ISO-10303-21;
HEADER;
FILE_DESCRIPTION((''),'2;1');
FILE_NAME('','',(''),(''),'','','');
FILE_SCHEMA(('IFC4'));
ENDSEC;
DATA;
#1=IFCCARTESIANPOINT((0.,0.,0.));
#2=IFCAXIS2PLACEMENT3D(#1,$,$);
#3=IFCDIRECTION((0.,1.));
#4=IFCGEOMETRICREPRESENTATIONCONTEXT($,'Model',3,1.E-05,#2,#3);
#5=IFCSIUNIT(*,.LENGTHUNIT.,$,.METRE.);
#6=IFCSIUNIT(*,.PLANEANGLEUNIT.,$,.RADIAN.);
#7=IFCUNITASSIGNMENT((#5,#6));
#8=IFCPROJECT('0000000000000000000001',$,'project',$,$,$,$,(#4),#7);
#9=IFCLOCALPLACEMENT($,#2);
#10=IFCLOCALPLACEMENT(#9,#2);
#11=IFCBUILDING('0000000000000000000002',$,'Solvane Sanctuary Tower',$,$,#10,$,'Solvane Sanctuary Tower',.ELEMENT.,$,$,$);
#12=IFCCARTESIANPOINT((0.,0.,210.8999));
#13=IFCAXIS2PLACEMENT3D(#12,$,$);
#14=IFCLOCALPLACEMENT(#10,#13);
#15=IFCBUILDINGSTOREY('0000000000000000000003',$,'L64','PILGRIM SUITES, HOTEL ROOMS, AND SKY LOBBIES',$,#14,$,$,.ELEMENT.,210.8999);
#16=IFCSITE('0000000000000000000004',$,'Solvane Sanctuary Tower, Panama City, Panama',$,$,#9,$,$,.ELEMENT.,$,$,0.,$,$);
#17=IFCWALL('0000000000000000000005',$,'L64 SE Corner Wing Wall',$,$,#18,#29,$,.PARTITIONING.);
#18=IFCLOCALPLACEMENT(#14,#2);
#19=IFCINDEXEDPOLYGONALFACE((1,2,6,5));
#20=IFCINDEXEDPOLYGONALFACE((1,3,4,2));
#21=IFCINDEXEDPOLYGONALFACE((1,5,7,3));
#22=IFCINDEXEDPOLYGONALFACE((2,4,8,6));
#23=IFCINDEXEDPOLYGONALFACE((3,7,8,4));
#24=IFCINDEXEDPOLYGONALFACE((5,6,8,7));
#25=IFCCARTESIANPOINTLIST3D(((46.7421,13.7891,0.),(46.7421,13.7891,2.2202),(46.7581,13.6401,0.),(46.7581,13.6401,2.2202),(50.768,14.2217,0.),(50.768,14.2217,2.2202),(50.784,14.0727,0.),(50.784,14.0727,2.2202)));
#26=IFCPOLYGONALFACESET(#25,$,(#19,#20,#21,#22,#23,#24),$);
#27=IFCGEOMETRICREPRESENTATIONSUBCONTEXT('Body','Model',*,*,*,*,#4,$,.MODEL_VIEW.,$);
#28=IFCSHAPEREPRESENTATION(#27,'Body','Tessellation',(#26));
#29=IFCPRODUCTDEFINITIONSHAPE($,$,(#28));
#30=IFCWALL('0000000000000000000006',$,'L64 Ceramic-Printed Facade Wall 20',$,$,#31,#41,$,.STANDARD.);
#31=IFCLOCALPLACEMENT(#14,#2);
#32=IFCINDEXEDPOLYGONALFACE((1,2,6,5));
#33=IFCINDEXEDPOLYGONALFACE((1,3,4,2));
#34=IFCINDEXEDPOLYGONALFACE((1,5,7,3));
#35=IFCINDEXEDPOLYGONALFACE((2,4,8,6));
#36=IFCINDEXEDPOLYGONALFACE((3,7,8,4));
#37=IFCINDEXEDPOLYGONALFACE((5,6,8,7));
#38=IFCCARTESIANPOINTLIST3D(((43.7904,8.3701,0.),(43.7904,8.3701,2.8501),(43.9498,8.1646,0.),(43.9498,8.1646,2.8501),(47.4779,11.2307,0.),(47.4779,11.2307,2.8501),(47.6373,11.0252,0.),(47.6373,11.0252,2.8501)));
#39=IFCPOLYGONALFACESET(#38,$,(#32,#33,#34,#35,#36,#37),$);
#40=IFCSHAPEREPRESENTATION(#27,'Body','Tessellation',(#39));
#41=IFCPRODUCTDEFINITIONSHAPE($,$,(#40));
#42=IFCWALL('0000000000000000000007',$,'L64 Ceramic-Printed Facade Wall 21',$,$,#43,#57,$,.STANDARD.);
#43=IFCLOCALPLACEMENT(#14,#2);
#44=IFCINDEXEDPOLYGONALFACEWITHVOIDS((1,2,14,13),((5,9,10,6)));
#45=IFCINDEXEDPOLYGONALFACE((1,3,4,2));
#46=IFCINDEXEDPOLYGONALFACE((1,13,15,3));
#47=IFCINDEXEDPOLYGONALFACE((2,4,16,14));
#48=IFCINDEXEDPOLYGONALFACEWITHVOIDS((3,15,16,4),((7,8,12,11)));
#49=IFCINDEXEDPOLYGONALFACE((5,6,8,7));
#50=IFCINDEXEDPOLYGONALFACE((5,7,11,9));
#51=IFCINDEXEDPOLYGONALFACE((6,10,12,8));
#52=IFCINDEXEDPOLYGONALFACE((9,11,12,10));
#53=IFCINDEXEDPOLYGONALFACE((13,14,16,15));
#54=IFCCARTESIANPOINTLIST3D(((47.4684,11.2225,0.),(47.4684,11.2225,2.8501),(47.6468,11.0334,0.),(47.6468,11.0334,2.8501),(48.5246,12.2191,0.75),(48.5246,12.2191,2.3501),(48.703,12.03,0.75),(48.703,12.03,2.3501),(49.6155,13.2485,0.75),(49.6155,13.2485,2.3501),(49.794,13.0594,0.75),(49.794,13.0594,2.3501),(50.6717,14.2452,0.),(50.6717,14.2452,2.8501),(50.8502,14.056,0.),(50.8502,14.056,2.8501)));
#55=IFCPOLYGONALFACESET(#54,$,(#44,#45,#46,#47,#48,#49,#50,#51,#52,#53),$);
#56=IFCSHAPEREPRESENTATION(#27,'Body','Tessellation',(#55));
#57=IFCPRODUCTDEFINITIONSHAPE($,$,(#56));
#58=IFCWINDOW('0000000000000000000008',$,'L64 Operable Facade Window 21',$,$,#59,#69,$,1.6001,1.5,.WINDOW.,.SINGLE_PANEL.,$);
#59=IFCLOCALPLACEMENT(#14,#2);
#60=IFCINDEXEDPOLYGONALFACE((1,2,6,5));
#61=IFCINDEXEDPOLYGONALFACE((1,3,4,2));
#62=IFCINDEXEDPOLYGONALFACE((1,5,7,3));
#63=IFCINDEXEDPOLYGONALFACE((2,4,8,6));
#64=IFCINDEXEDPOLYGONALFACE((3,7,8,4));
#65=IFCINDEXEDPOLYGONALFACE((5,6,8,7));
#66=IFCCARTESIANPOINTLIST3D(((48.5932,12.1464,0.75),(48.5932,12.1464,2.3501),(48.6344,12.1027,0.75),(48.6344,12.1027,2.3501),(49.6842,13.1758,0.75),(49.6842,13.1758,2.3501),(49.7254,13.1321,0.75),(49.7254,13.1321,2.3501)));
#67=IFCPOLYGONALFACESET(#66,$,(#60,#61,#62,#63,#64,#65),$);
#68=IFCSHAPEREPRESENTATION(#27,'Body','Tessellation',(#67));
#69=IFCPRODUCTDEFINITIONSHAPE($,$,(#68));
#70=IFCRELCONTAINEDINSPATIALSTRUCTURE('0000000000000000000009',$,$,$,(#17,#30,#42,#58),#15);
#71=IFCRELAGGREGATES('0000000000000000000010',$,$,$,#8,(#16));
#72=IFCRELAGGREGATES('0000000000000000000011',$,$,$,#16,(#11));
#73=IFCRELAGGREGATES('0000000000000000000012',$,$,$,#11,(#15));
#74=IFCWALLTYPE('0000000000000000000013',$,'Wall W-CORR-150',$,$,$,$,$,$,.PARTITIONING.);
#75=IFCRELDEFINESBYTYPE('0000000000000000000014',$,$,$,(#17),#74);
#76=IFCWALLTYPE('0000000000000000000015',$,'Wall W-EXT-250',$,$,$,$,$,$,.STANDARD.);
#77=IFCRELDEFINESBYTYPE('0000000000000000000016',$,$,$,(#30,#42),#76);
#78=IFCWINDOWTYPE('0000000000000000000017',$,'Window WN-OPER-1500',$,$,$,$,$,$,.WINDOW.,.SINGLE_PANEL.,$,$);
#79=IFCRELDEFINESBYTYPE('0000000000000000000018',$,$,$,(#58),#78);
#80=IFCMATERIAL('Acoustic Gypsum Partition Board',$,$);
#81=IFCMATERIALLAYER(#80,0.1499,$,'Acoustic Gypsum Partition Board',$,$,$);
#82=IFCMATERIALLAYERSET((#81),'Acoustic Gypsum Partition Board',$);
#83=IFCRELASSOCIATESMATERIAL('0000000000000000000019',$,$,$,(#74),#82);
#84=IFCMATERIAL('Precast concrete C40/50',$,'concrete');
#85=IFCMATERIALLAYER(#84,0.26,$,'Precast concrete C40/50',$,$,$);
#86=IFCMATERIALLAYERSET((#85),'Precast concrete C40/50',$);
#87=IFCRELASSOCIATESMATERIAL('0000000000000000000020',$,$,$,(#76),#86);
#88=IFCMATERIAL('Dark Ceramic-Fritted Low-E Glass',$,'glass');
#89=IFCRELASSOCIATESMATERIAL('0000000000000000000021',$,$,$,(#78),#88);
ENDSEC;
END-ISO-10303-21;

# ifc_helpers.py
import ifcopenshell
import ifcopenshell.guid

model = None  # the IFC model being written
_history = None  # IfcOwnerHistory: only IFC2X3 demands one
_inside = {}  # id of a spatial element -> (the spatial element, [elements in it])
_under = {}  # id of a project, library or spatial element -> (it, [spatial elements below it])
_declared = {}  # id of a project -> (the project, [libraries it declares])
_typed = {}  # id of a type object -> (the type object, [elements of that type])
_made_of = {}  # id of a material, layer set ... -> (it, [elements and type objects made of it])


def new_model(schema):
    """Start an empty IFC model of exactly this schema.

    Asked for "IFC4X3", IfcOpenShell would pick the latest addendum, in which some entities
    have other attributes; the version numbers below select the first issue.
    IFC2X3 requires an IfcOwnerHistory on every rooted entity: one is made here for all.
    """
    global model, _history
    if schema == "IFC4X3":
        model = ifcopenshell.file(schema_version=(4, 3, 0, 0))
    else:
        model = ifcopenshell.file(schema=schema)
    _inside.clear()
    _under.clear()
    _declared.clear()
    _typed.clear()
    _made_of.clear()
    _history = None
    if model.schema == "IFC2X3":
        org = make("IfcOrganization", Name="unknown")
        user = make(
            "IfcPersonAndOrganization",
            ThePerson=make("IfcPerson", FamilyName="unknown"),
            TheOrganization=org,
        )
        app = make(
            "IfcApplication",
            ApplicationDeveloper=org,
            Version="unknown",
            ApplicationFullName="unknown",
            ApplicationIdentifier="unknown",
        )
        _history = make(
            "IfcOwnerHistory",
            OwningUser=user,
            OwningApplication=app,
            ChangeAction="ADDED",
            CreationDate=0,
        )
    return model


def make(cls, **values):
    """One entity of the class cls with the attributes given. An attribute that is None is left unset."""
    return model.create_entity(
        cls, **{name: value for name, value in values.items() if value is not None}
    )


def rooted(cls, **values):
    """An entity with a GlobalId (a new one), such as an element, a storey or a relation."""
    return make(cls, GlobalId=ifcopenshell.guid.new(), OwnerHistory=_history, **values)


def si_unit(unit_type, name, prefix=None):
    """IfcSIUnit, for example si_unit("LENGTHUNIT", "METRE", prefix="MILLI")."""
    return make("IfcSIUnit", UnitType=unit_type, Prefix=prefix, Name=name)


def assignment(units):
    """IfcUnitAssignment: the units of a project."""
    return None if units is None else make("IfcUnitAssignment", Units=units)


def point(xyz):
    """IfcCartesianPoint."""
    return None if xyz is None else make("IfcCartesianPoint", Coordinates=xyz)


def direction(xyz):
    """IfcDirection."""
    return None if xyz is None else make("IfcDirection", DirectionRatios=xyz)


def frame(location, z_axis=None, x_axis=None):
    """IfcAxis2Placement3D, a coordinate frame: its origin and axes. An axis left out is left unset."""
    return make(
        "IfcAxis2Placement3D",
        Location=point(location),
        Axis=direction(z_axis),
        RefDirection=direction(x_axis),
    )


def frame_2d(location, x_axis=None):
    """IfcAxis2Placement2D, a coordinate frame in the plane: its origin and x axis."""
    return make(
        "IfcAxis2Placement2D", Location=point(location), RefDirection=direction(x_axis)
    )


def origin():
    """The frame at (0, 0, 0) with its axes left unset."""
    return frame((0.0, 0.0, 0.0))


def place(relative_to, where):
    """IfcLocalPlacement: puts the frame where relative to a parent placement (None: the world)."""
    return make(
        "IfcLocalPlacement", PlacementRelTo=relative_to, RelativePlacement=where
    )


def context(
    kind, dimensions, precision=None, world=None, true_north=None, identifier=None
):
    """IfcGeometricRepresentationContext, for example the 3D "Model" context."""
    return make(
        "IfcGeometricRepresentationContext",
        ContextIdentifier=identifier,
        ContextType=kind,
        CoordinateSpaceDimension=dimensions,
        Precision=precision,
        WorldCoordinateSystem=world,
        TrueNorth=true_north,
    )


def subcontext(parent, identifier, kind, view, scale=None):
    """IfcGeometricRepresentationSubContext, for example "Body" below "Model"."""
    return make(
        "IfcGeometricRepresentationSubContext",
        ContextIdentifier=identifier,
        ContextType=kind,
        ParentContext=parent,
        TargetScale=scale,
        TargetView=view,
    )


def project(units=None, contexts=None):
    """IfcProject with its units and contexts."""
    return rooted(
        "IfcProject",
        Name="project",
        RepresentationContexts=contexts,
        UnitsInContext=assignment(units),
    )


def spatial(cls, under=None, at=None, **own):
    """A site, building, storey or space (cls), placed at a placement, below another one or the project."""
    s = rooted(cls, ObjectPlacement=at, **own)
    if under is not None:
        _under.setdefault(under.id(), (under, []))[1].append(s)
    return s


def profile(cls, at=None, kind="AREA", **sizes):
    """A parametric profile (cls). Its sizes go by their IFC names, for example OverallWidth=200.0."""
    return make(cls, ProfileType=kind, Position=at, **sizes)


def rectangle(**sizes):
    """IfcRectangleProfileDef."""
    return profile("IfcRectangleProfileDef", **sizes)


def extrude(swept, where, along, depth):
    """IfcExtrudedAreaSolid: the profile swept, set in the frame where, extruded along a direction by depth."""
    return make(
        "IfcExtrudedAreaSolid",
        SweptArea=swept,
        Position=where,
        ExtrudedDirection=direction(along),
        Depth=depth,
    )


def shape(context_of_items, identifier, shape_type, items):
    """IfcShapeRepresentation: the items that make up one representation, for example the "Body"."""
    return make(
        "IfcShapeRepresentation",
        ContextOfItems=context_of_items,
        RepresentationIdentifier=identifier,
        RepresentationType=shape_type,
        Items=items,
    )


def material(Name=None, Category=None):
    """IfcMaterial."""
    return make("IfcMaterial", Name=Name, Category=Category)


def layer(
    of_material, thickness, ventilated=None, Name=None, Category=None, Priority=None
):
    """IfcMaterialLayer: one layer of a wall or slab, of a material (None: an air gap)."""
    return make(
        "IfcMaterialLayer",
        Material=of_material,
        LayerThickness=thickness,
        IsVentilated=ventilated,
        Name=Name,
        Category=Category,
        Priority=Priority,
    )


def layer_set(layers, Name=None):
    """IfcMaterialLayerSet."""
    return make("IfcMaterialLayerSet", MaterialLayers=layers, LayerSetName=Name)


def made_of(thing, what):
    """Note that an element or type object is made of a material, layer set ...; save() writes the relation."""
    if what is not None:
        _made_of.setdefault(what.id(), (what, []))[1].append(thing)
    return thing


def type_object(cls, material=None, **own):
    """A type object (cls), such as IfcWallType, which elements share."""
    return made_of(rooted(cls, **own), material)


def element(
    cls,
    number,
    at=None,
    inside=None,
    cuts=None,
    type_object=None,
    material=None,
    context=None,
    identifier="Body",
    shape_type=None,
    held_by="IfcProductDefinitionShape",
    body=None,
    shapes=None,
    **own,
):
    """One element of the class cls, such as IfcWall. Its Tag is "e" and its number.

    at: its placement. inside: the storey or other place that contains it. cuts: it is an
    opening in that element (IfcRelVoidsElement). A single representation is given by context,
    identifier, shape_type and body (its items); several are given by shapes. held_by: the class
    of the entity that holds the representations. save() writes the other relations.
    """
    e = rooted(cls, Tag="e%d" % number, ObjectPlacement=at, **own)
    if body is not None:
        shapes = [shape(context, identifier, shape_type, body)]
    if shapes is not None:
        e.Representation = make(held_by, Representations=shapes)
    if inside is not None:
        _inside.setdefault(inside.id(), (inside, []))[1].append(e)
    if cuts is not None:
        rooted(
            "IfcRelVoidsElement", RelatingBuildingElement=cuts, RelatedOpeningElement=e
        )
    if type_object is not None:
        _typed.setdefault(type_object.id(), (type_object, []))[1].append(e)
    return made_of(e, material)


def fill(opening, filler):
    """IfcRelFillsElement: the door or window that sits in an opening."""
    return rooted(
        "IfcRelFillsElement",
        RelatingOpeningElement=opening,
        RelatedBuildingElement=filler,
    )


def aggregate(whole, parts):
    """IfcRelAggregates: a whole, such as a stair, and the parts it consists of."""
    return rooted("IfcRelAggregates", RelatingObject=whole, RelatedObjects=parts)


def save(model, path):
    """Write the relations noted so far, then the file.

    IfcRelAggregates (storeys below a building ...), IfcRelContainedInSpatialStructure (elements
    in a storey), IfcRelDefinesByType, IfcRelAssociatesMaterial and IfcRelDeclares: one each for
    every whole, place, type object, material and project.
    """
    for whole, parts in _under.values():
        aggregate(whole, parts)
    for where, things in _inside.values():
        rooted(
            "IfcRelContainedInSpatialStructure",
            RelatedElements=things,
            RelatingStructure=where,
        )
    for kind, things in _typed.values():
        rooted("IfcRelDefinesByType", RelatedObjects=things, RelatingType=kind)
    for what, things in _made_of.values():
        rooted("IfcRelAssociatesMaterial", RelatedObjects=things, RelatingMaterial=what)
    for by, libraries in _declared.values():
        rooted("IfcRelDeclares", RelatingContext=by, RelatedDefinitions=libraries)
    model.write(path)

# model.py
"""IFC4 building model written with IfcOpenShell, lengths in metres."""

from ifc_helpers import new_model, si_unit, direction, frame, frame_2d, origin, place, context, subcontext, project, spatial, rectangle, extrude, material, layer, layer_set, type_object, element, fill, save


model = new_model("IFC4")

# Units and contexts
model_context = context("Model", 3, precision=1e-05, world=origin(), true_north=direction((0.0, 1.0)))
body_context = subcontext(model_context, "Body", "Model", "MODEL_VIEW")
ifc_project = project(units=[si_unit("LENGTHUNIT", "METRE"), si_unit("PLANEANGLEUNIT", "RADIAN")], contexts=[model_context])

# Site, building, storey
site_placement = place(None, origin())
site = spatial("IfcSite", under=ifc_project, at=site_placement, Name="Solvane Sanctuary Tower, Panama City, Panama", CompositionType="ELEMENT", RefElevation=0.0)
building_placement = place(site_placement, origin())
building = spatial("IfcBuilding", under=site, at=building_placement, Name="Solvane Sanctuary Tower", LongName="Solvane Sanctuary Tower", CompositionType="ELEMENT")
storey_placement = place(building_placement, frame((0.0, 0.0, 210.8999)))
storey = spatial("IfcBuildingStorey", under=building, at=storey_placement, Name="L64", Description="PILGRIM SUITES, HOTEL ROOMS, AND SKY LOBBIES", CompositionType="ELEMENT", Elevation=210.8999)

# Shared definitions
ifc_material_1 = material(Name="Dark Ceramic-Fritted Low-E Glass", Category="glass")

# Shared definitions
ifc_material_2 = material(Name="Acoustic Gypsum Partition Board")
ifc_layer_1 = layer(ifc_material_2, 0.1499, Name="Acoustic Gypsum Partition Board")
ifc_layer_set_1 = layer_set([ifc_layer_1], Name="Acoustic Gypsum Partition Board")
wall_type_1 = type_object("IfcWallType", Name="Wall W-CORR-150", PredefinedType="PARTITIONING", material=ifc_layer_set_1)

# Walls
wall_1_placement = place(storey_placement, frame((46.7502, 13.7146, 0.0), z_axis=(0.0, 0.0, 1.0), x_axis=(0.994276, 0.106844, 0.0)))
element("IfcWall", 1, at=wall_1_placement, inside=storey, type_object=wall_type_1, Name="L64 SE Corner Wing Wall", PredefinedType="PARTITIONING", context=body_context, shape_type="SweptSolid", body=[
    extrude(rectangle(XDim=4.0491, YDim=0.1499, at=frame_2d((2.0244, 0.0))), origin(), (0.0, 0.0, 1.0), 2.2202),
])
ifc_material_3 = material(Name="Precast concrete C40/50", Category="concrete")
ifc_layer_2 = layer(ifc_material_3, 0.26, Name="Precast concrete C40/50")
ifc_layer_set_2 = layer_set([ifc_layer_2], Name="Precast concrete C40/50")
wall_type_2 = type_object("IfcWallType", Name="Wall W-EXT-250", PredefinedType="STANDARD", material=ifc_layer_set_2)
wall_2_placement = place(storey_placement, frame((43.8701, 8.2673, 0.0), z_axis=(0.0, 0.0, 1.0), x_axis=(0.790126, 0.612944, 0.0)))
element("IfcWall", 2, at=wall_2_placement, inside=storey, type_object=wall_type_2, Name="L64 Ceramic-Printed Facade Wall 20", PredefinedType="STANDARD", context=body_context, shape_type="SweptSolid", body=[
    extrude(rectangle(XDim=4.667, YDim=0.26, at=frame_2d((2.3335, 0.0))), origin(), (0.0, 0.0, 1.0), 2.8501),
])

# Wall, opening, window
wall_3_placement = place(storey_placement, frame((47.5576, 11.1279, 0.0), z_axis=(0.0, 0.0, 1.0), x_axis=(0.727319, 0.6863, 0.0)))
wall_3 = element("IfcWall", 3, at=wall_3_placement, inside=storey, type_object=wall_type_2, Name="L64 Ceramic-Printed Facade Wall 21", PredefinedType="STANDARD", context=body_context, shape_type="SweptSolid", body=[
    extrude(rectangle(XDim=4.4043, YDim=0.26, at=frame_2d((2.2021, 0.0))), origin(), (0.0, 0.0, 1.0), 2.8501),
])
opening_1_placement = place(wall_3_placement, frame((1.4521, 0.0, 0.75)))
opening_1 = element("IfcOpeningElement", 4, at=opening_1_placement, cuts=wall_3, PredefinedType="OPENING", context=body_context, shape_type="SweptSolid", body=[
    extrude(rectangle(XDim=1.5, YDim=1.6001, at=frame_2d((0.75, 0.8))), frame((0.0, 0.1399, 0.0), z_axis=(0.0, -1.0, 0.0), x_axis=(1.0, 0.0, 0.0)), (0.0, 0.0, 1.0), 0.28),
])
window_type = type_object("IfcWindowType", Name="Window WN-OPER-1500", PartitioningType="SINGLE_PANEL", PredefinedType="WINDOW", material=ifc_material_1)
window_placement = place(opening_1_placement, origin())
window = element("IfcWindow", 5, at=window_placement, inside=storey, type_object=window_type, Name="L64 Operable Facade Window 21", OverallHeight=1.6001, OverallWidth=1.5, PartitioningType="SINGLE_PANEL", PredefinedType="WINDOW", context=body_context, shape_type="SweptSolid", body=[
    extrude(rectangle(XDim=1.5, YDim=1.6001, at=frame_2d((0.75, 0.8))), frame((0.0, 0.03, 0.0), z_axis=(0.0, -1.0, 0.0), x_axis=(1.0, 0.0, 0.0)), (0.0, 0.0, 1.0), 0.0601),
])
fill(opening_1, window)

save(model, "model.ifc")
